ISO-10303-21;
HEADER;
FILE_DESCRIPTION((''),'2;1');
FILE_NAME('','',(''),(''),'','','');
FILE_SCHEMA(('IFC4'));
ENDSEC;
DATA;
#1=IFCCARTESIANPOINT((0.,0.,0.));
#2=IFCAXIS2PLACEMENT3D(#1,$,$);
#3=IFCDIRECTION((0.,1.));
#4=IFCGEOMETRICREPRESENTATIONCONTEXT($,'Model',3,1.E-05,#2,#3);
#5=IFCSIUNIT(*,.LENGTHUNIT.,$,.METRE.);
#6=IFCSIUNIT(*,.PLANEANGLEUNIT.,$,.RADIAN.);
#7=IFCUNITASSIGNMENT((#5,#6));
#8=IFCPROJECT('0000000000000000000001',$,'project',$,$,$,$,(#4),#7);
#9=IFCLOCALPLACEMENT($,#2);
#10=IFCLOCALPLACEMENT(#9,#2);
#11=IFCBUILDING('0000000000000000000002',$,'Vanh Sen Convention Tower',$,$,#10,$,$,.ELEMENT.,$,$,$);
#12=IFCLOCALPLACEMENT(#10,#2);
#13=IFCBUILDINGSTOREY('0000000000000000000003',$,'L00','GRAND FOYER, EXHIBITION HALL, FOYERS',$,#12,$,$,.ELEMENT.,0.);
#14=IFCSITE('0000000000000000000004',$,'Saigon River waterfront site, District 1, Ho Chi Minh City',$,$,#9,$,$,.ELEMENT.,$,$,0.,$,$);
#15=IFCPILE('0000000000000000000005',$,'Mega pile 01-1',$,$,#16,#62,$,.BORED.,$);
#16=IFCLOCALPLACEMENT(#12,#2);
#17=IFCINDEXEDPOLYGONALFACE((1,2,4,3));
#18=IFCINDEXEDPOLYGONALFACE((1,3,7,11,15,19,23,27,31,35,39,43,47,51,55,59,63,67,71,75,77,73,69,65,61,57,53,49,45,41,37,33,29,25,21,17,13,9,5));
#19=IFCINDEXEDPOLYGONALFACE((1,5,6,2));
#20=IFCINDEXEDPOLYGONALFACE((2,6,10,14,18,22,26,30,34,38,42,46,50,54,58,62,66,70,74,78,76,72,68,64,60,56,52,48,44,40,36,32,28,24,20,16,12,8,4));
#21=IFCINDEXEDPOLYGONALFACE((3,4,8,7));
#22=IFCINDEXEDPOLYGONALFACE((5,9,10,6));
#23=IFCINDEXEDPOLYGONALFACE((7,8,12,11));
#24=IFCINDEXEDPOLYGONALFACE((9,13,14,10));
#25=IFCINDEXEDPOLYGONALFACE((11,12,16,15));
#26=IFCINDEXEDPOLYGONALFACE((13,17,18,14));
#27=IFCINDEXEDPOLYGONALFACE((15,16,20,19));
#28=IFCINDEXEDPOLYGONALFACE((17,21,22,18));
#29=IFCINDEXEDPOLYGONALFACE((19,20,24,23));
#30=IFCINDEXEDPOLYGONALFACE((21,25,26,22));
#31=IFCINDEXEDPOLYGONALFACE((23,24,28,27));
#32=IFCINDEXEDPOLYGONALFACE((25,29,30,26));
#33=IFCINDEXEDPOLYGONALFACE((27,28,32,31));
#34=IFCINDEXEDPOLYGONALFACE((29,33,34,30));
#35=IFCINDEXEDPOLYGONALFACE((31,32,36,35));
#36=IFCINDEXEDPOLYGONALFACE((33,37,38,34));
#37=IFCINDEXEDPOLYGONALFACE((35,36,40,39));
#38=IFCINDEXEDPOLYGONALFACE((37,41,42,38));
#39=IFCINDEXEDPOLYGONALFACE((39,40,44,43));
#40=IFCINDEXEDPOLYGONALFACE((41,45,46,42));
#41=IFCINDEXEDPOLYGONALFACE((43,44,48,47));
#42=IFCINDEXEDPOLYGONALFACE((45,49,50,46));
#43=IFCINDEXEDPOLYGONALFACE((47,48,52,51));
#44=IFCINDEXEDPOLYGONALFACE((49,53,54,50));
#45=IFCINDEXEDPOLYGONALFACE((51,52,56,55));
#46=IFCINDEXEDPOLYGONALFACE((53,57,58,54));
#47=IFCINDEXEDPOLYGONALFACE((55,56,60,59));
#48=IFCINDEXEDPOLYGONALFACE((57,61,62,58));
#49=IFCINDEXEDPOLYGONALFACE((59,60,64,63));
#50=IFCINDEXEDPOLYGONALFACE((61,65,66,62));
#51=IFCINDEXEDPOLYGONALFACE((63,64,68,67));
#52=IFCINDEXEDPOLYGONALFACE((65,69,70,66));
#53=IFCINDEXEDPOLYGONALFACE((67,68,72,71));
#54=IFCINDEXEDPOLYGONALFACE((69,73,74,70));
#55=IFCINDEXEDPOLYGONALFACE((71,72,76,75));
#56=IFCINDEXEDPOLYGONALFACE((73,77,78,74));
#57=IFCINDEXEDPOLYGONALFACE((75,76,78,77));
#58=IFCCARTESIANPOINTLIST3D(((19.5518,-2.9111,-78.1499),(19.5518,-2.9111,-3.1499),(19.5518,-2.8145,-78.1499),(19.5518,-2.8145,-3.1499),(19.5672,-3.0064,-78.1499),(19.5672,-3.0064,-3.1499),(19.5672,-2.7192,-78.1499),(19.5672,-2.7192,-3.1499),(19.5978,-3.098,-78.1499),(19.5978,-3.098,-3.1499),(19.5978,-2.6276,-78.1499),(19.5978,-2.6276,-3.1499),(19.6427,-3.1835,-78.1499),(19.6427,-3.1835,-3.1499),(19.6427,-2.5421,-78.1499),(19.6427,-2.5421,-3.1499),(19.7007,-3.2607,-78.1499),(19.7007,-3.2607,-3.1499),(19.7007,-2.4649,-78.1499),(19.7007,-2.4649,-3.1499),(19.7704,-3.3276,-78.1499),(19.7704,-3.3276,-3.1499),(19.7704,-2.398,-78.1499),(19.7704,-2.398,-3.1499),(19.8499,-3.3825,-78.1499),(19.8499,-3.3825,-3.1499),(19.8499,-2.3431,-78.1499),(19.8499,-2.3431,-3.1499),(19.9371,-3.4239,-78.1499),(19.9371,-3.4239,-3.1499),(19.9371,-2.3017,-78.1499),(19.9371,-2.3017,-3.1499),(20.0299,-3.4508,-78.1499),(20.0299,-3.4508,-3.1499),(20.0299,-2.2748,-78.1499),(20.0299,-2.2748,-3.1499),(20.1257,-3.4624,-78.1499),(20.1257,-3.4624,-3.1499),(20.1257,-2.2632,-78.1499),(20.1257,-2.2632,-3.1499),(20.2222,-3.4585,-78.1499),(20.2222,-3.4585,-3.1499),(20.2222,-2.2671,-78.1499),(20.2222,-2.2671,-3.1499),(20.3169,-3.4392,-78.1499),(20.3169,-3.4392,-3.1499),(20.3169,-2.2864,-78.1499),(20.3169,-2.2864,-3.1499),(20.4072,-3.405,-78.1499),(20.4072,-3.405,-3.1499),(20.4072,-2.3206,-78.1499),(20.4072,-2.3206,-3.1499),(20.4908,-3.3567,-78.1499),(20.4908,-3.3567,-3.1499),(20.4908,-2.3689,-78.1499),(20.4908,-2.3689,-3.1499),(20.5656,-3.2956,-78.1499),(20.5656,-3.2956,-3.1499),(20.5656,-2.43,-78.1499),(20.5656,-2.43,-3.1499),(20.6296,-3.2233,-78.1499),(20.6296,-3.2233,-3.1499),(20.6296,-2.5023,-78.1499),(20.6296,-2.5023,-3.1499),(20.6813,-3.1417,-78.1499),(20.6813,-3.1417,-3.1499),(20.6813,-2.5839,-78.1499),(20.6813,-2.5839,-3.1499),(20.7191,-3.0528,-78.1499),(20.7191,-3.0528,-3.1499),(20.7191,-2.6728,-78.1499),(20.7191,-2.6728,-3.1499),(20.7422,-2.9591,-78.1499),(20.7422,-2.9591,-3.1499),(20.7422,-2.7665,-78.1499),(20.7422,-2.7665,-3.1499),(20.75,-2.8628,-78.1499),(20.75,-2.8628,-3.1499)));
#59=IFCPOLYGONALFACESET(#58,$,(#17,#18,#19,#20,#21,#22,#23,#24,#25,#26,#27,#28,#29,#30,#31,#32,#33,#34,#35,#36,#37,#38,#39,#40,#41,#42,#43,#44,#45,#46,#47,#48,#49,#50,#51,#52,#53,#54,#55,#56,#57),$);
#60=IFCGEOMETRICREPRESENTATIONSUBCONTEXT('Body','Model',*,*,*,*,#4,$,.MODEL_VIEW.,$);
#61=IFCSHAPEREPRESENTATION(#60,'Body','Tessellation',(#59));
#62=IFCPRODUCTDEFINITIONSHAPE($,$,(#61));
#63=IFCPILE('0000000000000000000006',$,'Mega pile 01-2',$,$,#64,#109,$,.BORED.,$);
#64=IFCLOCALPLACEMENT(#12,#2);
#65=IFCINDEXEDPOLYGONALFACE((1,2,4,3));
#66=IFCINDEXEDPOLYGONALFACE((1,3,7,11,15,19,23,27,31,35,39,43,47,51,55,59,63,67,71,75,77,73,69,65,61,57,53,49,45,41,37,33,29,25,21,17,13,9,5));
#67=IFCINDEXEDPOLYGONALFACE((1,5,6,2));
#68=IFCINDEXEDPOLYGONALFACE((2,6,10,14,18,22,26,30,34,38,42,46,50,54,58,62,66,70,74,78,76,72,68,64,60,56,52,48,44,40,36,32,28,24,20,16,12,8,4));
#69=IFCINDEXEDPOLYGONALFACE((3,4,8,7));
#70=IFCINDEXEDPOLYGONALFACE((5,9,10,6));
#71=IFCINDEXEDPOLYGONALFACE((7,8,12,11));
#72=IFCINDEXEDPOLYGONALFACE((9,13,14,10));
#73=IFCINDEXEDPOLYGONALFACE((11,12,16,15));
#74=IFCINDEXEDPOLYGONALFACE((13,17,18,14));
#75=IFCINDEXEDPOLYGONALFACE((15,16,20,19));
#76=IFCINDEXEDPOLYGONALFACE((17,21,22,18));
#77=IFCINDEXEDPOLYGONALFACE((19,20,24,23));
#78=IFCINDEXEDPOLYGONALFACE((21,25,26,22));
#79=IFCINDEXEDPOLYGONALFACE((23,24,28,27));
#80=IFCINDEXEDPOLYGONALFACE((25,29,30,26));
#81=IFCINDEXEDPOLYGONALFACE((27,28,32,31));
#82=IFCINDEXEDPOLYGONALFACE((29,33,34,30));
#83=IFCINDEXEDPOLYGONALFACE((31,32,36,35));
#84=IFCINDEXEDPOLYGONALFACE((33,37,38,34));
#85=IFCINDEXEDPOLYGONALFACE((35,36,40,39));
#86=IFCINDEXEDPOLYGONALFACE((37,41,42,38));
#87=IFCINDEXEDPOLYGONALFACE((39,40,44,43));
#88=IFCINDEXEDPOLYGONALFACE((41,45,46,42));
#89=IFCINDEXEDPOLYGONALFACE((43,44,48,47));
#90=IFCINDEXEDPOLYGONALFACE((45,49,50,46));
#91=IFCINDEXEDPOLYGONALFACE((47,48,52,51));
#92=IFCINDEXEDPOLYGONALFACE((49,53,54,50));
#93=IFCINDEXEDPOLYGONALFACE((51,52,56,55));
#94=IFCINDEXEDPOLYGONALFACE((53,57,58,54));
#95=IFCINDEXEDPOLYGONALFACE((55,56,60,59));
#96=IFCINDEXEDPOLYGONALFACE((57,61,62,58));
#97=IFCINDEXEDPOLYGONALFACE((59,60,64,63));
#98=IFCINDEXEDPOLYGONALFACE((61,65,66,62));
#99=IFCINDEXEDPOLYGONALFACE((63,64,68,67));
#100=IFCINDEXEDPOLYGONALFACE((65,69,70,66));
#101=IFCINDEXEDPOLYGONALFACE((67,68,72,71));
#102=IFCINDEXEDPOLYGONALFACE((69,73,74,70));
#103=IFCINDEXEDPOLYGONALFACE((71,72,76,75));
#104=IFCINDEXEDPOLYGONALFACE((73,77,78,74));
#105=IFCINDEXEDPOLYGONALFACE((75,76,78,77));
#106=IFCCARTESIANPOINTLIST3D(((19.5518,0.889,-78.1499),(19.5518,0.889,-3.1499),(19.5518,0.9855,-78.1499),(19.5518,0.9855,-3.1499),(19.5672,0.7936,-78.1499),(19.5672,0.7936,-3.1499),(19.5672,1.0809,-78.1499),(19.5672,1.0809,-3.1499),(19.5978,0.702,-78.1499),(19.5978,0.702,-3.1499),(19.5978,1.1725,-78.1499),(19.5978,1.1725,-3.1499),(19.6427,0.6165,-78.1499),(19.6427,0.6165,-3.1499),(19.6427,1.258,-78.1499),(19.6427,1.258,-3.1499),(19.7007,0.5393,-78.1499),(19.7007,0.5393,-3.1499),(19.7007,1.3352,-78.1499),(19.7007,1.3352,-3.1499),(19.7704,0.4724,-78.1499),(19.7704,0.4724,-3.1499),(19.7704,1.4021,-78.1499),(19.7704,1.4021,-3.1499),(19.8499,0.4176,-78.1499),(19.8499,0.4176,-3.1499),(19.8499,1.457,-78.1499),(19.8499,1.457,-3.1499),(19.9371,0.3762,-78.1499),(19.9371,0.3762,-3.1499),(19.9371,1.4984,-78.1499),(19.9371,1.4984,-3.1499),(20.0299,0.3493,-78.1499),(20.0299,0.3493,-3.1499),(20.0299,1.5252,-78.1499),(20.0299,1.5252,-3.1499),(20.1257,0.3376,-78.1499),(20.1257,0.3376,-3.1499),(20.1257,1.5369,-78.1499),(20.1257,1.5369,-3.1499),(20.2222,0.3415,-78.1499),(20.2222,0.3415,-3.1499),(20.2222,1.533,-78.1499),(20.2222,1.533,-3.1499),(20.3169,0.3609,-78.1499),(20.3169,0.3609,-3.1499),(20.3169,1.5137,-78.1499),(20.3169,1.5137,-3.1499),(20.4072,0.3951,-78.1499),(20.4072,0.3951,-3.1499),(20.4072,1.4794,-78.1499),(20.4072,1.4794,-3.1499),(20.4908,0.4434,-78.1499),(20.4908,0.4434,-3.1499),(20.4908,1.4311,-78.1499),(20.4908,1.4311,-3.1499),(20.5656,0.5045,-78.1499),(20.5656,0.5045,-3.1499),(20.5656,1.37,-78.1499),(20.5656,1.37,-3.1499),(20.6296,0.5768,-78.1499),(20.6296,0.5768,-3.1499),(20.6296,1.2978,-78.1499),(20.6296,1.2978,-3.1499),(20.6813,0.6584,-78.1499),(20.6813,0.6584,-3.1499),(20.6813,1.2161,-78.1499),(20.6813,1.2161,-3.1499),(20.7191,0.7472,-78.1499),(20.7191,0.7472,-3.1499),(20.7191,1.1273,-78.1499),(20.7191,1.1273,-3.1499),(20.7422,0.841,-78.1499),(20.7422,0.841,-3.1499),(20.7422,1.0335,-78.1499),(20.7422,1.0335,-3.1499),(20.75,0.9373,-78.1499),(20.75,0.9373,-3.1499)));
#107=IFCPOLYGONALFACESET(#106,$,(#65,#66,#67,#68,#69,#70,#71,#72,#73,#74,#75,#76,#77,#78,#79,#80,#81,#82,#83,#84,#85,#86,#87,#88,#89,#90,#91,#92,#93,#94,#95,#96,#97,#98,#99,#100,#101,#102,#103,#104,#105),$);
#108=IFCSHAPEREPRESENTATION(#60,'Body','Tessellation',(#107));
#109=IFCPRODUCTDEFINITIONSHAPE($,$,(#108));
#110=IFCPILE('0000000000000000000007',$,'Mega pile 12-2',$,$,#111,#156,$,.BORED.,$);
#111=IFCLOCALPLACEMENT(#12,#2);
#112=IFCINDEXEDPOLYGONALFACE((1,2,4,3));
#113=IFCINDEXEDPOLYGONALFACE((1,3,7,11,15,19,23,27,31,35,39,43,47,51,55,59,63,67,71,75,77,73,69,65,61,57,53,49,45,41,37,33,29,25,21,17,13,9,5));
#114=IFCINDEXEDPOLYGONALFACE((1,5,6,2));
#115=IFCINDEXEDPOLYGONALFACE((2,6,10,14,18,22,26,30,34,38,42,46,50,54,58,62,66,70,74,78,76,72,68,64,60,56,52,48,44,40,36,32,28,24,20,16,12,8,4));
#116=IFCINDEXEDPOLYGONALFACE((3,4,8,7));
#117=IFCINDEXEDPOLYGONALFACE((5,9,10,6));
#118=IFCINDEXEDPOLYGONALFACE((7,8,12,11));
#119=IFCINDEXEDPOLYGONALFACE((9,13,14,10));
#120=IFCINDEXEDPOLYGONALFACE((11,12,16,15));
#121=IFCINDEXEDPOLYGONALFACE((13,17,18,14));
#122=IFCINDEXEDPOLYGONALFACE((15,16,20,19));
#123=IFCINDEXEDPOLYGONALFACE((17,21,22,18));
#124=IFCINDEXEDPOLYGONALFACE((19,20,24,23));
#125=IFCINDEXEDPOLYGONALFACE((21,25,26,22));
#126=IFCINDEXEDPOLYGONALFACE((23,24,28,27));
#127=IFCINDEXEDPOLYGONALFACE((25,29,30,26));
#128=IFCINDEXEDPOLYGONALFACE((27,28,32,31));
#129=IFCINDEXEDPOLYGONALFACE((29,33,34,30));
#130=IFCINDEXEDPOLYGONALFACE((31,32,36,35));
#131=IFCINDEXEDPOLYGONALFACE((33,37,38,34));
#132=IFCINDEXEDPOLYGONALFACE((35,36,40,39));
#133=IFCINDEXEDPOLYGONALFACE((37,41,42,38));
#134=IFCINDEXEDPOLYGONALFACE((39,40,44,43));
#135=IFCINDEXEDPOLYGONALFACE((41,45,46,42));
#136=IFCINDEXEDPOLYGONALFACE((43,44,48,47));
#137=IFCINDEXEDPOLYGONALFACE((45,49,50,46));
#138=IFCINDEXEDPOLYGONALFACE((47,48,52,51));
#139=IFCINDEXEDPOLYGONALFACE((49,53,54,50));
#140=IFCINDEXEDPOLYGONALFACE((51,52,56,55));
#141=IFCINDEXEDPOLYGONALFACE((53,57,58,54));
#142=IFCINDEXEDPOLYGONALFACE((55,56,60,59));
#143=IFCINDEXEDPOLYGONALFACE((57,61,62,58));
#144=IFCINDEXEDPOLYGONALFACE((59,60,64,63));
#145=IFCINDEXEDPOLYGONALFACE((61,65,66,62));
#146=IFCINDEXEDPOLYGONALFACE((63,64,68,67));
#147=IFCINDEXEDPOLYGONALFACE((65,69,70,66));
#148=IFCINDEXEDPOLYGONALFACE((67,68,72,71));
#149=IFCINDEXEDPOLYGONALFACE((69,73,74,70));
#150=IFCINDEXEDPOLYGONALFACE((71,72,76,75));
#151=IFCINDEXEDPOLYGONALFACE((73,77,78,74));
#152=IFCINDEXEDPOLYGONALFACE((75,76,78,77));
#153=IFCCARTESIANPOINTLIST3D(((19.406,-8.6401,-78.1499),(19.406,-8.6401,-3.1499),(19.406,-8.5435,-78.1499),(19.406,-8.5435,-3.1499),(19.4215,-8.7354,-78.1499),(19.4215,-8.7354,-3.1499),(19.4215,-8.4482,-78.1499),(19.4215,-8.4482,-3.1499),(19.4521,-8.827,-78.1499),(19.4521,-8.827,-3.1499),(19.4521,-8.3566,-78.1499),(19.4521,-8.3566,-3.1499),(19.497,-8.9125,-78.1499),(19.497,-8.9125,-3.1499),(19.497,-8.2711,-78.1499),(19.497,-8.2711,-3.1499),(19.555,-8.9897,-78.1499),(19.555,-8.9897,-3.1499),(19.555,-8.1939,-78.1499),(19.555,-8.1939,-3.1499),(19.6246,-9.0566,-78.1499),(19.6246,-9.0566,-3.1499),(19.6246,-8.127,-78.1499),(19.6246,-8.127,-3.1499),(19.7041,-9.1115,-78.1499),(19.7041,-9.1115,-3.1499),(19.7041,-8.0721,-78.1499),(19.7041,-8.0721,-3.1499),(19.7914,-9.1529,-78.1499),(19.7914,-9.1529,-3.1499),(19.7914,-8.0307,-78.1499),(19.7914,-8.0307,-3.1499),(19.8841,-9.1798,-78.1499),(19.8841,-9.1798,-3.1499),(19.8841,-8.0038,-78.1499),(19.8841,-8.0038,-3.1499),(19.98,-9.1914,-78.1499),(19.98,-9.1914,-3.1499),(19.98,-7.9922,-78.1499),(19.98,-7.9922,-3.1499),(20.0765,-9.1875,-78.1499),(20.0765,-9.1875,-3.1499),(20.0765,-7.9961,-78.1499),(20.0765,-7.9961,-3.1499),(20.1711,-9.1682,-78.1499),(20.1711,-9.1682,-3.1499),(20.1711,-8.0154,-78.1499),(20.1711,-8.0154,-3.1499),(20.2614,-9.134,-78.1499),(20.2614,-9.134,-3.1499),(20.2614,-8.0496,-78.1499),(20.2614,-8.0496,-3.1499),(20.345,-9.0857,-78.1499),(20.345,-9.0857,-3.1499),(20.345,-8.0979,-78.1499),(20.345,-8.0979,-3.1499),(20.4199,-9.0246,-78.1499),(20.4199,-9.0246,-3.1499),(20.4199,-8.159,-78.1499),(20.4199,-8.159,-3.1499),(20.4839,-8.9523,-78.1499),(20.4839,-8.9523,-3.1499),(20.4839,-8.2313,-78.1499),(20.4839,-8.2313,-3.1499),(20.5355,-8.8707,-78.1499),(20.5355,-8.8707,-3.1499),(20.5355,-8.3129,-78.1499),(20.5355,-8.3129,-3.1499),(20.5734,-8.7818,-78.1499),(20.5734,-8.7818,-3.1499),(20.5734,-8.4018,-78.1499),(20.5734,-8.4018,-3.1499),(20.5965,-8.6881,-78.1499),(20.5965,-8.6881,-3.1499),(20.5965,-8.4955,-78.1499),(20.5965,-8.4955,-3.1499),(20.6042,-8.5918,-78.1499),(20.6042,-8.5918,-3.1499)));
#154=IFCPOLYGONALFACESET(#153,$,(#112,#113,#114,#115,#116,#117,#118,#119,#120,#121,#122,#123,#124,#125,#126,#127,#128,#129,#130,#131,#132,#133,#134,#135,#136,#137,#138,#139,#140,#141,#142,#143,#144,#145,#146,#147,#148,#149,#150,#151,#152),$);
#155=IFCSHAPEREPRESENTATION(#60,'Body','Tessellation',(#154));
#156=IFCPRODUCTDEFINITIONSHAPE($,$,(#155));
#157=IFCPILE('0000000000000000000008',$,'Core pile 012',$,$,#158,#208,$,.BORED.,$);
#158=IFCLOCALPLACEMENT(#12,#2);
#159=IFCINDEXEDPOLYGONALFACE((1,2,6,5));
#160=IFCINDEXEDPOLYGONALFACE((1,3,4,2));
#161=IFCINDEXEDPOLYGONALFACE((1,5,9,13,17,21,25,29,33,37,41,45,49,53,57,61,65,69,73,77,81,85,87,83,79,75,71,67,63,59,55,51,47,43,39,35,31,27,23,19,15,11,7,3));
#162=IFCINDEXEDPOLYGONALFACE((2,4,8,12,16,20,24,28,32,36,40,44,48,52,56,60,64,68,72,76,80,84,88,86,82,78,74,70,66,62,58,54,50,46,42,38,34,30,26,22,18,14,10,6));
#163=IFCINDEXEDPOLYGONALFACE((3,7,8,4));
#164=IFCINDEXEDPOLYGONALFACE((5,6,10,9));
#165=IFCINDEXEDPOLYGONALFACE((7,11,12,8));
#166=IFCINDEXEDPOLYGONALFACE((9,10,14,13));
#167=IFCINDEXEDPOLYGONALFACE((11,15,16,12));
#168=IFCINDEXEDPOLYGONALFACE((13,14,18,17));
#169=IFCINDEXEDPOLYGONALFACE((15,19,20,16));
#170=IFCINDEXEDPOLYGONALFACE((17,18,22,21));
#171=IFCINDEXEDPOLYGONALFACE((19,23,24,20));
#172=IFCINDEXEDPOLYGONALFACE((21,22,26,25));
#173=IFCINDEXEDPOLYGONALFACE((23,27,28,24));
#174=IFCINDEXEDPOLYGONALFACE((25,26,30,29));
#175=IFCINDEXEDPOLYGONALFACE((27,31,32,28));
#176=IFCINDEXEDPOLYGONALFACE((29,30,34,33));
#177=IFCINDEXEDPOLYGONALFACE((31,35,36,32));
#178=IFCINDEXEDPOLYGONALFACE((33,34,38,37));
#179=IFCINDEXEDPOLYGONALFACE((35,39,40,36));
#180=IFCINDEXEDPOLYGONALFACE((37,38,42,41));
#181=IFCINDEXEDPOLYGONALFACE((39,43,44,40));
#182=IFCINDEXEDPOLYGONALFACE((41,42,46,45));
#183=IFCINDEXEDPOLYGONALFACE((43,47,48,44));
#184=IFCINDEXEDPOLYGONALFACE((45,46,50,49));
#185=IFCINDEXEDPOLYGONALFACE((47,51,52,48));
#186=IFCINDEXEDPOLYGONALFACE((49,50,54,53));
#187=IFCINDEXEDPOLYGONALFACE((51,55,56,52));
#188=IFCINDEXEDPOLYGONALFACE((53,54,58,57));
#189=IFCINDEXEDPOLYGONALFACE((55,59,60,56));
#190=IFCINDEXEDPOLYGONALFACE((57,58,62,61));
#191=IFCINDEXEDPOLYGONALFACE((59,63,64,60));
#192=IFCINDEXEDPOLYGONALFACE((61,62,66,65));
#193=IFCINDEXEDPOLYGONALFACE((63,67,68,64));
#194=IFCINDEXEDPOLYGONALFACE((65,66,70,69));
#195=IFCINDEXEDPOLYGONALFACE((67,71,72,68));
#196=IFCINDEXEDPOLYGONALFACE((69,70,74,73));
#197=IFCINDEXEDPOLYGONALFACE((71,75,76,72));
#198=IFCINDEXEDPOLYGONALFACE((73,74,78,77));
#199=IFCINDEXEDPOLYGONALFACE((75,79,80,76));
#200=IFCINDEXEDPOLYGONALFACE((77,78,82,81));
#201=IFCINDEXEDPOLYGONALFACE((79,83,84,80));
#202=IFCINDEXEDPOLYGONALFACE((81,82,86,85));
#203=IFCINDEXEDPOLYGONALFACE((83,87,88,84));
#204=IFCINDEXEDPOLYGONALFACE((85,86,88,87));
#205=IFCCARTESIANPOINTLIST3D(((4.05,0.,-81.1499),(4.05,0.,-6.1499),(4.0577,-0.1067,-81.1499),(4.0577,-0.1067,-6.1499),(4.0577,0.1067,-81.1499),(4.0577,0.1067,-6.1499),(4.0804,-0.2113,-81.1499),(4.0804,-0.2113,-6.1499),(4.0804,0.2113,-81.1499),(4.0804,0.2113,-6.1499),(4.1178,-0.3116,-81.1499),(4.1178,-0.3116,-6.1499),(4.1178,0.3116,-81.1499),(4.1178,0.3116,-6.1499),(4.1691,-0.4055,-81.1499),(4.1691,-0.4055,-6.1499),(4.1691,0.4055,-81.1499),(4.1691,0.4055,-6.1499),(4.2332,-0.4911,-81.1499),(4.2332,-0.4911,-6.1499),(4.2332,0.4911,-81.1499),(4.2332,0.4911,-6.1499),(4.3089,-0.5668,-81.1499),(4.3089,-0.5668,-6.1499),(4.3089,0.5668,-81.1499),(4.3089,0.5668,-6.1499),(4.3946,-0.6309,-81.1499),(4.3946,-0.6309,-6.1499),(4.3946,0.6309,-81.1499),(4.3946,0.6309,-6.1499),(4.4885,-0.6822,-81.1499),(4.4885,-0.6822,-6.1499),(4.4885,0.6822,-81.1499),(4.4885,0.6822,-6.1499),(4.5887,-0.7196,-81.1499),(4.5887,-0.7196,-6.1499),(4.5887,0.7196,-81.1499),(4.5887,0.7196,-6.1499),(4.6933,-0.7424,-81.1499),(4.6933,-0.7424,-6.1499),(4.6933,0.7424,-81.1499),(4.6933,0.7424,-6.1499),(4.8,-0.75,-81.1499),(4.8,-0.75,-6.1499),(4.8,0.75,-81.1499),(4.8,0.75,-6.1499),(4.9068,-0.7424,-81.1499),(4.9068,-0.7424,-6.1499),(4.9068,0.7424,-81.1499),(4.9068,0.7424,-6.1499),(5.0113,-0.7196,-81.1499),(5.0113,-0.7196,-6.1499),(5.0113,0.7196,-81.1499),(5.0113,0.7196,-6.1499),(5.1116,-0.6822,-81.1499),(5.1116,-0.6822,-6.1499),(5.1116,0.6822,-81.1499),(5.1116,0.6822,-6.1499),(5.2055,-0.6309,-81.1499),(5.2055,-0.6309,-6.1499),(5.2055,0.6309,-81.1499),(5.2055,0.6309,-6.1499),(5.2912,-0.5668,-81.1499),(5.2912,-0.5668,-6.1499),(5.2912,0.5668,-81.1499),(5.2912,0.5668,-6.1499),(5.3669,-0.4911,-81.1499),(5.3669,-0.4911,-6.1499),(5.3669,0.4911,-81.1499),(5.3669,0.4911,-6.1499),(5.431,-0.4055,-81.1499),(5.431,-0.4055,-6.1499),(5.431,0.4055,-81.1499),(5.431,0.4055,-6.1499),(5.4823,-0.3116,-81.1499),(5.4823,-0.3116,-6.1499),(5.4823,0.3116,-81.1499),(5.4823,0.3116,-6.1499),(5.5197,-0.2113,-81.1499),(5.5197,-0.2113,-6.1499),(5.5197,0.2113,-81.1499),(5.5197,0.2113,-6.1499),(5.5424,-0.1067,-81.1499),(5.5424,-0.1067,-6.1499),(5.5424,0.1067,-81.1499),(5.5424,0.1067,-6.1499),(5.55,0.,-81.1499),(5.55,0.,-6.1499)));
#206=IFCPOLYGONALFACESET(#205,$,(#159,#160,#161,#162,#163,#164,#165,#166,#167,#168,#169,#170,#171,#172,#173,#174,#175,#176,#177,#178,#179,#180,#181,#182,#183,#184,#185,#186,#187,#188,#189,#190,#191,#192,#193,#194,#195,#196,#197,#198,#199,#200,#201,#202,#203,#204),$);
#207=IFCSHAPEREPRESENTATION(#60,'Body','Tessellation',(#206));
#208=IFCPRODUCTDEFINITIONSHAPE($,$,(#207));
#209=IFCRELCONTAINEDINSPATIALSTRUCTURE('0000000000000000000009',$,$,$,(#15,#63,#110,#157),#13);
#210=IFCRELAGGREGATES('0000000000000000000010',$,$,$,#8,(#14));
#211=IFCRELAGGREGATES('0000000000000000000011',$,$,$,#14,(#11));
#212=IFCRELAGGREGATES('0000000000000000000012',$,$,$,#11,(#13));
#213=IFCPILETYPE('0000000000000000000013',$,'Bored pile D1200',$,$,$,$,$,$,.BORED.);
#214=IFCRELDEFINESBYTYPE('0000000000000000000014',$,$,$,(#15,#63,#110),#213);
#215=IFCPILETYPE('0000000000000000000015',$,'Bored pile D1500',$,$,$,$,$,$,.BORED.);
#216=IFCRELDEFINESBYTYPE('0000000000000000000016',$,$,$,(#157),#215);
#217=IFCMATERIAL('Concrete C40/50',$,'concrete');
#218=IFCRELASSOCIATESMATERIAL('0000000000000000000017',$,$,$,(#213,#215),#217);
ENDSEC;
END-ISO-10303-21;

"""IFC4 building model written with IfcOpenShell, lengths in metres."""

from ifc_helpers import new_model, si_unit, direction, frame, origin, origin_2d, place, context, subcontext, project, spatial, circle, extrude, material, material_profile, profile_set, type_object, element, save


model = new_model("IFC4")

# Units and contexts
model_context = context("Model", 3, precision=1e-05, world=origin(), true_north=direction((0.0, 1.0)))
body_context = subcontext(model_context, "Body", "Model", "MODEL_VIEW")
ifc_project = project(units=[si_unit("LENGTHUNIT", "METRE"), si_unit("PLANEANGLEUNIT", "RADIAN")], contexts=[model_context])

# Site, building, storey
site_placement = place(None, origin())
site = spatial("IfcSite", under=ifc_project, at=site_placement, Name="Saigon River waterfront site, District 1, Ho Chi Minh City", CompositionType="ELEMENT", RefElevation=0.0)
building_placement = place(site_placement, origin())
building = spatial("IfcBuilding", under=site, at=building_placement, Name="Vanh Sen Convention Tower", CompositionType="ELEMENT")
storey_placement = place(building_placement, origin())
storey = spatial("IfcBuildingStorey", under=building, at=storey_placement, Name="L00", Description="GRAND FOYER, EXHIBITION HALL, FOYERS", CompositionType="ELEMENT", Elevation=0.0)

# Piles
ifc_material_1 = material(Name="Concrete C40/50", Category="concrete")
ifc_material_profile_1 = material_profile(ifc_material_1, circle(Radius=0.6001, at=origin_2d()), Name="Bored pile D1200")
ifc_profile_set_1 = profile_set([ifc_material_profile_1], Name="Concrete C40/50")
pile_type_1 = type_object("IfcPileType", Name="Bored pile D1200", PredefinedType="BORED", material=ifc_profile_set_1)
for number, where, z_axis, x_axis, name in (
    (1, (20.1499, -2.8628, -3.1499), (0.0, 0.0, -1.0), (1.0, 0.0, 0.0), "Mega pile 01-1"),
    (2, (20.1499, 0.9373, -3.1499), (0.0, 0.0, -1.0), (1.0, 0.0, 0.0), "Mega pile 01-2"),
    (3, (20.0042, -8.5918, -3.1499), (0.0, 0.0, -1.0), (1.0, 0.0, 0.0), "Mega pile 12-2"),
):
    element("IfcPile", number, at=place(storey_placement, frame(where, z_axis=z_axis, x_axis=x_axis)), inside=storey, type_object=pile_type_1, Name=name, PredefinedType="BORED", context=body_context, shape_type="SweptSolid", body=[
        extrude(circle(Radius=0.6001, at=origin_2d()), origin(), (0.0, 0.0, 1.0), 75.0),
    ])
ifc_material_profile_2 = material_profile(ifc_material_1, circle(Radius=0.75, at=origin_2d()), Name="Bored pile D1500")
ifc_profile_set_2 = profile_set([ifc_material_profile_2], Name="Concrete C40/50")
pile_type_2 = type_object("IfcPileType", Name="Bored pile D1500", PredefinedType="BORED", material=ifc_profile_set_2)
for number, where, z_axis, x_axis, name in (
    (4, (4.8, 0.0, -6.1499), (0.0, 0.0, -1.0), (1.0, 0.0, 0.0), "Core pile 012"),
):
    element("IfcPile", number, at=place(storey_placement, frame(where, z_axis=z_axis, x_axis=x_axis)), inside=storey, type_object=pile_type_2, Name=name, PredefinedType="BORED", context=body_context, shape_type="SweptSolid", body=[
        extrude(circle(Radius=0.75, at=origin_2d()), origin(), (0.0, 0.0, 1.0), 75.0),
    ])

save(model, "model.ifc")
